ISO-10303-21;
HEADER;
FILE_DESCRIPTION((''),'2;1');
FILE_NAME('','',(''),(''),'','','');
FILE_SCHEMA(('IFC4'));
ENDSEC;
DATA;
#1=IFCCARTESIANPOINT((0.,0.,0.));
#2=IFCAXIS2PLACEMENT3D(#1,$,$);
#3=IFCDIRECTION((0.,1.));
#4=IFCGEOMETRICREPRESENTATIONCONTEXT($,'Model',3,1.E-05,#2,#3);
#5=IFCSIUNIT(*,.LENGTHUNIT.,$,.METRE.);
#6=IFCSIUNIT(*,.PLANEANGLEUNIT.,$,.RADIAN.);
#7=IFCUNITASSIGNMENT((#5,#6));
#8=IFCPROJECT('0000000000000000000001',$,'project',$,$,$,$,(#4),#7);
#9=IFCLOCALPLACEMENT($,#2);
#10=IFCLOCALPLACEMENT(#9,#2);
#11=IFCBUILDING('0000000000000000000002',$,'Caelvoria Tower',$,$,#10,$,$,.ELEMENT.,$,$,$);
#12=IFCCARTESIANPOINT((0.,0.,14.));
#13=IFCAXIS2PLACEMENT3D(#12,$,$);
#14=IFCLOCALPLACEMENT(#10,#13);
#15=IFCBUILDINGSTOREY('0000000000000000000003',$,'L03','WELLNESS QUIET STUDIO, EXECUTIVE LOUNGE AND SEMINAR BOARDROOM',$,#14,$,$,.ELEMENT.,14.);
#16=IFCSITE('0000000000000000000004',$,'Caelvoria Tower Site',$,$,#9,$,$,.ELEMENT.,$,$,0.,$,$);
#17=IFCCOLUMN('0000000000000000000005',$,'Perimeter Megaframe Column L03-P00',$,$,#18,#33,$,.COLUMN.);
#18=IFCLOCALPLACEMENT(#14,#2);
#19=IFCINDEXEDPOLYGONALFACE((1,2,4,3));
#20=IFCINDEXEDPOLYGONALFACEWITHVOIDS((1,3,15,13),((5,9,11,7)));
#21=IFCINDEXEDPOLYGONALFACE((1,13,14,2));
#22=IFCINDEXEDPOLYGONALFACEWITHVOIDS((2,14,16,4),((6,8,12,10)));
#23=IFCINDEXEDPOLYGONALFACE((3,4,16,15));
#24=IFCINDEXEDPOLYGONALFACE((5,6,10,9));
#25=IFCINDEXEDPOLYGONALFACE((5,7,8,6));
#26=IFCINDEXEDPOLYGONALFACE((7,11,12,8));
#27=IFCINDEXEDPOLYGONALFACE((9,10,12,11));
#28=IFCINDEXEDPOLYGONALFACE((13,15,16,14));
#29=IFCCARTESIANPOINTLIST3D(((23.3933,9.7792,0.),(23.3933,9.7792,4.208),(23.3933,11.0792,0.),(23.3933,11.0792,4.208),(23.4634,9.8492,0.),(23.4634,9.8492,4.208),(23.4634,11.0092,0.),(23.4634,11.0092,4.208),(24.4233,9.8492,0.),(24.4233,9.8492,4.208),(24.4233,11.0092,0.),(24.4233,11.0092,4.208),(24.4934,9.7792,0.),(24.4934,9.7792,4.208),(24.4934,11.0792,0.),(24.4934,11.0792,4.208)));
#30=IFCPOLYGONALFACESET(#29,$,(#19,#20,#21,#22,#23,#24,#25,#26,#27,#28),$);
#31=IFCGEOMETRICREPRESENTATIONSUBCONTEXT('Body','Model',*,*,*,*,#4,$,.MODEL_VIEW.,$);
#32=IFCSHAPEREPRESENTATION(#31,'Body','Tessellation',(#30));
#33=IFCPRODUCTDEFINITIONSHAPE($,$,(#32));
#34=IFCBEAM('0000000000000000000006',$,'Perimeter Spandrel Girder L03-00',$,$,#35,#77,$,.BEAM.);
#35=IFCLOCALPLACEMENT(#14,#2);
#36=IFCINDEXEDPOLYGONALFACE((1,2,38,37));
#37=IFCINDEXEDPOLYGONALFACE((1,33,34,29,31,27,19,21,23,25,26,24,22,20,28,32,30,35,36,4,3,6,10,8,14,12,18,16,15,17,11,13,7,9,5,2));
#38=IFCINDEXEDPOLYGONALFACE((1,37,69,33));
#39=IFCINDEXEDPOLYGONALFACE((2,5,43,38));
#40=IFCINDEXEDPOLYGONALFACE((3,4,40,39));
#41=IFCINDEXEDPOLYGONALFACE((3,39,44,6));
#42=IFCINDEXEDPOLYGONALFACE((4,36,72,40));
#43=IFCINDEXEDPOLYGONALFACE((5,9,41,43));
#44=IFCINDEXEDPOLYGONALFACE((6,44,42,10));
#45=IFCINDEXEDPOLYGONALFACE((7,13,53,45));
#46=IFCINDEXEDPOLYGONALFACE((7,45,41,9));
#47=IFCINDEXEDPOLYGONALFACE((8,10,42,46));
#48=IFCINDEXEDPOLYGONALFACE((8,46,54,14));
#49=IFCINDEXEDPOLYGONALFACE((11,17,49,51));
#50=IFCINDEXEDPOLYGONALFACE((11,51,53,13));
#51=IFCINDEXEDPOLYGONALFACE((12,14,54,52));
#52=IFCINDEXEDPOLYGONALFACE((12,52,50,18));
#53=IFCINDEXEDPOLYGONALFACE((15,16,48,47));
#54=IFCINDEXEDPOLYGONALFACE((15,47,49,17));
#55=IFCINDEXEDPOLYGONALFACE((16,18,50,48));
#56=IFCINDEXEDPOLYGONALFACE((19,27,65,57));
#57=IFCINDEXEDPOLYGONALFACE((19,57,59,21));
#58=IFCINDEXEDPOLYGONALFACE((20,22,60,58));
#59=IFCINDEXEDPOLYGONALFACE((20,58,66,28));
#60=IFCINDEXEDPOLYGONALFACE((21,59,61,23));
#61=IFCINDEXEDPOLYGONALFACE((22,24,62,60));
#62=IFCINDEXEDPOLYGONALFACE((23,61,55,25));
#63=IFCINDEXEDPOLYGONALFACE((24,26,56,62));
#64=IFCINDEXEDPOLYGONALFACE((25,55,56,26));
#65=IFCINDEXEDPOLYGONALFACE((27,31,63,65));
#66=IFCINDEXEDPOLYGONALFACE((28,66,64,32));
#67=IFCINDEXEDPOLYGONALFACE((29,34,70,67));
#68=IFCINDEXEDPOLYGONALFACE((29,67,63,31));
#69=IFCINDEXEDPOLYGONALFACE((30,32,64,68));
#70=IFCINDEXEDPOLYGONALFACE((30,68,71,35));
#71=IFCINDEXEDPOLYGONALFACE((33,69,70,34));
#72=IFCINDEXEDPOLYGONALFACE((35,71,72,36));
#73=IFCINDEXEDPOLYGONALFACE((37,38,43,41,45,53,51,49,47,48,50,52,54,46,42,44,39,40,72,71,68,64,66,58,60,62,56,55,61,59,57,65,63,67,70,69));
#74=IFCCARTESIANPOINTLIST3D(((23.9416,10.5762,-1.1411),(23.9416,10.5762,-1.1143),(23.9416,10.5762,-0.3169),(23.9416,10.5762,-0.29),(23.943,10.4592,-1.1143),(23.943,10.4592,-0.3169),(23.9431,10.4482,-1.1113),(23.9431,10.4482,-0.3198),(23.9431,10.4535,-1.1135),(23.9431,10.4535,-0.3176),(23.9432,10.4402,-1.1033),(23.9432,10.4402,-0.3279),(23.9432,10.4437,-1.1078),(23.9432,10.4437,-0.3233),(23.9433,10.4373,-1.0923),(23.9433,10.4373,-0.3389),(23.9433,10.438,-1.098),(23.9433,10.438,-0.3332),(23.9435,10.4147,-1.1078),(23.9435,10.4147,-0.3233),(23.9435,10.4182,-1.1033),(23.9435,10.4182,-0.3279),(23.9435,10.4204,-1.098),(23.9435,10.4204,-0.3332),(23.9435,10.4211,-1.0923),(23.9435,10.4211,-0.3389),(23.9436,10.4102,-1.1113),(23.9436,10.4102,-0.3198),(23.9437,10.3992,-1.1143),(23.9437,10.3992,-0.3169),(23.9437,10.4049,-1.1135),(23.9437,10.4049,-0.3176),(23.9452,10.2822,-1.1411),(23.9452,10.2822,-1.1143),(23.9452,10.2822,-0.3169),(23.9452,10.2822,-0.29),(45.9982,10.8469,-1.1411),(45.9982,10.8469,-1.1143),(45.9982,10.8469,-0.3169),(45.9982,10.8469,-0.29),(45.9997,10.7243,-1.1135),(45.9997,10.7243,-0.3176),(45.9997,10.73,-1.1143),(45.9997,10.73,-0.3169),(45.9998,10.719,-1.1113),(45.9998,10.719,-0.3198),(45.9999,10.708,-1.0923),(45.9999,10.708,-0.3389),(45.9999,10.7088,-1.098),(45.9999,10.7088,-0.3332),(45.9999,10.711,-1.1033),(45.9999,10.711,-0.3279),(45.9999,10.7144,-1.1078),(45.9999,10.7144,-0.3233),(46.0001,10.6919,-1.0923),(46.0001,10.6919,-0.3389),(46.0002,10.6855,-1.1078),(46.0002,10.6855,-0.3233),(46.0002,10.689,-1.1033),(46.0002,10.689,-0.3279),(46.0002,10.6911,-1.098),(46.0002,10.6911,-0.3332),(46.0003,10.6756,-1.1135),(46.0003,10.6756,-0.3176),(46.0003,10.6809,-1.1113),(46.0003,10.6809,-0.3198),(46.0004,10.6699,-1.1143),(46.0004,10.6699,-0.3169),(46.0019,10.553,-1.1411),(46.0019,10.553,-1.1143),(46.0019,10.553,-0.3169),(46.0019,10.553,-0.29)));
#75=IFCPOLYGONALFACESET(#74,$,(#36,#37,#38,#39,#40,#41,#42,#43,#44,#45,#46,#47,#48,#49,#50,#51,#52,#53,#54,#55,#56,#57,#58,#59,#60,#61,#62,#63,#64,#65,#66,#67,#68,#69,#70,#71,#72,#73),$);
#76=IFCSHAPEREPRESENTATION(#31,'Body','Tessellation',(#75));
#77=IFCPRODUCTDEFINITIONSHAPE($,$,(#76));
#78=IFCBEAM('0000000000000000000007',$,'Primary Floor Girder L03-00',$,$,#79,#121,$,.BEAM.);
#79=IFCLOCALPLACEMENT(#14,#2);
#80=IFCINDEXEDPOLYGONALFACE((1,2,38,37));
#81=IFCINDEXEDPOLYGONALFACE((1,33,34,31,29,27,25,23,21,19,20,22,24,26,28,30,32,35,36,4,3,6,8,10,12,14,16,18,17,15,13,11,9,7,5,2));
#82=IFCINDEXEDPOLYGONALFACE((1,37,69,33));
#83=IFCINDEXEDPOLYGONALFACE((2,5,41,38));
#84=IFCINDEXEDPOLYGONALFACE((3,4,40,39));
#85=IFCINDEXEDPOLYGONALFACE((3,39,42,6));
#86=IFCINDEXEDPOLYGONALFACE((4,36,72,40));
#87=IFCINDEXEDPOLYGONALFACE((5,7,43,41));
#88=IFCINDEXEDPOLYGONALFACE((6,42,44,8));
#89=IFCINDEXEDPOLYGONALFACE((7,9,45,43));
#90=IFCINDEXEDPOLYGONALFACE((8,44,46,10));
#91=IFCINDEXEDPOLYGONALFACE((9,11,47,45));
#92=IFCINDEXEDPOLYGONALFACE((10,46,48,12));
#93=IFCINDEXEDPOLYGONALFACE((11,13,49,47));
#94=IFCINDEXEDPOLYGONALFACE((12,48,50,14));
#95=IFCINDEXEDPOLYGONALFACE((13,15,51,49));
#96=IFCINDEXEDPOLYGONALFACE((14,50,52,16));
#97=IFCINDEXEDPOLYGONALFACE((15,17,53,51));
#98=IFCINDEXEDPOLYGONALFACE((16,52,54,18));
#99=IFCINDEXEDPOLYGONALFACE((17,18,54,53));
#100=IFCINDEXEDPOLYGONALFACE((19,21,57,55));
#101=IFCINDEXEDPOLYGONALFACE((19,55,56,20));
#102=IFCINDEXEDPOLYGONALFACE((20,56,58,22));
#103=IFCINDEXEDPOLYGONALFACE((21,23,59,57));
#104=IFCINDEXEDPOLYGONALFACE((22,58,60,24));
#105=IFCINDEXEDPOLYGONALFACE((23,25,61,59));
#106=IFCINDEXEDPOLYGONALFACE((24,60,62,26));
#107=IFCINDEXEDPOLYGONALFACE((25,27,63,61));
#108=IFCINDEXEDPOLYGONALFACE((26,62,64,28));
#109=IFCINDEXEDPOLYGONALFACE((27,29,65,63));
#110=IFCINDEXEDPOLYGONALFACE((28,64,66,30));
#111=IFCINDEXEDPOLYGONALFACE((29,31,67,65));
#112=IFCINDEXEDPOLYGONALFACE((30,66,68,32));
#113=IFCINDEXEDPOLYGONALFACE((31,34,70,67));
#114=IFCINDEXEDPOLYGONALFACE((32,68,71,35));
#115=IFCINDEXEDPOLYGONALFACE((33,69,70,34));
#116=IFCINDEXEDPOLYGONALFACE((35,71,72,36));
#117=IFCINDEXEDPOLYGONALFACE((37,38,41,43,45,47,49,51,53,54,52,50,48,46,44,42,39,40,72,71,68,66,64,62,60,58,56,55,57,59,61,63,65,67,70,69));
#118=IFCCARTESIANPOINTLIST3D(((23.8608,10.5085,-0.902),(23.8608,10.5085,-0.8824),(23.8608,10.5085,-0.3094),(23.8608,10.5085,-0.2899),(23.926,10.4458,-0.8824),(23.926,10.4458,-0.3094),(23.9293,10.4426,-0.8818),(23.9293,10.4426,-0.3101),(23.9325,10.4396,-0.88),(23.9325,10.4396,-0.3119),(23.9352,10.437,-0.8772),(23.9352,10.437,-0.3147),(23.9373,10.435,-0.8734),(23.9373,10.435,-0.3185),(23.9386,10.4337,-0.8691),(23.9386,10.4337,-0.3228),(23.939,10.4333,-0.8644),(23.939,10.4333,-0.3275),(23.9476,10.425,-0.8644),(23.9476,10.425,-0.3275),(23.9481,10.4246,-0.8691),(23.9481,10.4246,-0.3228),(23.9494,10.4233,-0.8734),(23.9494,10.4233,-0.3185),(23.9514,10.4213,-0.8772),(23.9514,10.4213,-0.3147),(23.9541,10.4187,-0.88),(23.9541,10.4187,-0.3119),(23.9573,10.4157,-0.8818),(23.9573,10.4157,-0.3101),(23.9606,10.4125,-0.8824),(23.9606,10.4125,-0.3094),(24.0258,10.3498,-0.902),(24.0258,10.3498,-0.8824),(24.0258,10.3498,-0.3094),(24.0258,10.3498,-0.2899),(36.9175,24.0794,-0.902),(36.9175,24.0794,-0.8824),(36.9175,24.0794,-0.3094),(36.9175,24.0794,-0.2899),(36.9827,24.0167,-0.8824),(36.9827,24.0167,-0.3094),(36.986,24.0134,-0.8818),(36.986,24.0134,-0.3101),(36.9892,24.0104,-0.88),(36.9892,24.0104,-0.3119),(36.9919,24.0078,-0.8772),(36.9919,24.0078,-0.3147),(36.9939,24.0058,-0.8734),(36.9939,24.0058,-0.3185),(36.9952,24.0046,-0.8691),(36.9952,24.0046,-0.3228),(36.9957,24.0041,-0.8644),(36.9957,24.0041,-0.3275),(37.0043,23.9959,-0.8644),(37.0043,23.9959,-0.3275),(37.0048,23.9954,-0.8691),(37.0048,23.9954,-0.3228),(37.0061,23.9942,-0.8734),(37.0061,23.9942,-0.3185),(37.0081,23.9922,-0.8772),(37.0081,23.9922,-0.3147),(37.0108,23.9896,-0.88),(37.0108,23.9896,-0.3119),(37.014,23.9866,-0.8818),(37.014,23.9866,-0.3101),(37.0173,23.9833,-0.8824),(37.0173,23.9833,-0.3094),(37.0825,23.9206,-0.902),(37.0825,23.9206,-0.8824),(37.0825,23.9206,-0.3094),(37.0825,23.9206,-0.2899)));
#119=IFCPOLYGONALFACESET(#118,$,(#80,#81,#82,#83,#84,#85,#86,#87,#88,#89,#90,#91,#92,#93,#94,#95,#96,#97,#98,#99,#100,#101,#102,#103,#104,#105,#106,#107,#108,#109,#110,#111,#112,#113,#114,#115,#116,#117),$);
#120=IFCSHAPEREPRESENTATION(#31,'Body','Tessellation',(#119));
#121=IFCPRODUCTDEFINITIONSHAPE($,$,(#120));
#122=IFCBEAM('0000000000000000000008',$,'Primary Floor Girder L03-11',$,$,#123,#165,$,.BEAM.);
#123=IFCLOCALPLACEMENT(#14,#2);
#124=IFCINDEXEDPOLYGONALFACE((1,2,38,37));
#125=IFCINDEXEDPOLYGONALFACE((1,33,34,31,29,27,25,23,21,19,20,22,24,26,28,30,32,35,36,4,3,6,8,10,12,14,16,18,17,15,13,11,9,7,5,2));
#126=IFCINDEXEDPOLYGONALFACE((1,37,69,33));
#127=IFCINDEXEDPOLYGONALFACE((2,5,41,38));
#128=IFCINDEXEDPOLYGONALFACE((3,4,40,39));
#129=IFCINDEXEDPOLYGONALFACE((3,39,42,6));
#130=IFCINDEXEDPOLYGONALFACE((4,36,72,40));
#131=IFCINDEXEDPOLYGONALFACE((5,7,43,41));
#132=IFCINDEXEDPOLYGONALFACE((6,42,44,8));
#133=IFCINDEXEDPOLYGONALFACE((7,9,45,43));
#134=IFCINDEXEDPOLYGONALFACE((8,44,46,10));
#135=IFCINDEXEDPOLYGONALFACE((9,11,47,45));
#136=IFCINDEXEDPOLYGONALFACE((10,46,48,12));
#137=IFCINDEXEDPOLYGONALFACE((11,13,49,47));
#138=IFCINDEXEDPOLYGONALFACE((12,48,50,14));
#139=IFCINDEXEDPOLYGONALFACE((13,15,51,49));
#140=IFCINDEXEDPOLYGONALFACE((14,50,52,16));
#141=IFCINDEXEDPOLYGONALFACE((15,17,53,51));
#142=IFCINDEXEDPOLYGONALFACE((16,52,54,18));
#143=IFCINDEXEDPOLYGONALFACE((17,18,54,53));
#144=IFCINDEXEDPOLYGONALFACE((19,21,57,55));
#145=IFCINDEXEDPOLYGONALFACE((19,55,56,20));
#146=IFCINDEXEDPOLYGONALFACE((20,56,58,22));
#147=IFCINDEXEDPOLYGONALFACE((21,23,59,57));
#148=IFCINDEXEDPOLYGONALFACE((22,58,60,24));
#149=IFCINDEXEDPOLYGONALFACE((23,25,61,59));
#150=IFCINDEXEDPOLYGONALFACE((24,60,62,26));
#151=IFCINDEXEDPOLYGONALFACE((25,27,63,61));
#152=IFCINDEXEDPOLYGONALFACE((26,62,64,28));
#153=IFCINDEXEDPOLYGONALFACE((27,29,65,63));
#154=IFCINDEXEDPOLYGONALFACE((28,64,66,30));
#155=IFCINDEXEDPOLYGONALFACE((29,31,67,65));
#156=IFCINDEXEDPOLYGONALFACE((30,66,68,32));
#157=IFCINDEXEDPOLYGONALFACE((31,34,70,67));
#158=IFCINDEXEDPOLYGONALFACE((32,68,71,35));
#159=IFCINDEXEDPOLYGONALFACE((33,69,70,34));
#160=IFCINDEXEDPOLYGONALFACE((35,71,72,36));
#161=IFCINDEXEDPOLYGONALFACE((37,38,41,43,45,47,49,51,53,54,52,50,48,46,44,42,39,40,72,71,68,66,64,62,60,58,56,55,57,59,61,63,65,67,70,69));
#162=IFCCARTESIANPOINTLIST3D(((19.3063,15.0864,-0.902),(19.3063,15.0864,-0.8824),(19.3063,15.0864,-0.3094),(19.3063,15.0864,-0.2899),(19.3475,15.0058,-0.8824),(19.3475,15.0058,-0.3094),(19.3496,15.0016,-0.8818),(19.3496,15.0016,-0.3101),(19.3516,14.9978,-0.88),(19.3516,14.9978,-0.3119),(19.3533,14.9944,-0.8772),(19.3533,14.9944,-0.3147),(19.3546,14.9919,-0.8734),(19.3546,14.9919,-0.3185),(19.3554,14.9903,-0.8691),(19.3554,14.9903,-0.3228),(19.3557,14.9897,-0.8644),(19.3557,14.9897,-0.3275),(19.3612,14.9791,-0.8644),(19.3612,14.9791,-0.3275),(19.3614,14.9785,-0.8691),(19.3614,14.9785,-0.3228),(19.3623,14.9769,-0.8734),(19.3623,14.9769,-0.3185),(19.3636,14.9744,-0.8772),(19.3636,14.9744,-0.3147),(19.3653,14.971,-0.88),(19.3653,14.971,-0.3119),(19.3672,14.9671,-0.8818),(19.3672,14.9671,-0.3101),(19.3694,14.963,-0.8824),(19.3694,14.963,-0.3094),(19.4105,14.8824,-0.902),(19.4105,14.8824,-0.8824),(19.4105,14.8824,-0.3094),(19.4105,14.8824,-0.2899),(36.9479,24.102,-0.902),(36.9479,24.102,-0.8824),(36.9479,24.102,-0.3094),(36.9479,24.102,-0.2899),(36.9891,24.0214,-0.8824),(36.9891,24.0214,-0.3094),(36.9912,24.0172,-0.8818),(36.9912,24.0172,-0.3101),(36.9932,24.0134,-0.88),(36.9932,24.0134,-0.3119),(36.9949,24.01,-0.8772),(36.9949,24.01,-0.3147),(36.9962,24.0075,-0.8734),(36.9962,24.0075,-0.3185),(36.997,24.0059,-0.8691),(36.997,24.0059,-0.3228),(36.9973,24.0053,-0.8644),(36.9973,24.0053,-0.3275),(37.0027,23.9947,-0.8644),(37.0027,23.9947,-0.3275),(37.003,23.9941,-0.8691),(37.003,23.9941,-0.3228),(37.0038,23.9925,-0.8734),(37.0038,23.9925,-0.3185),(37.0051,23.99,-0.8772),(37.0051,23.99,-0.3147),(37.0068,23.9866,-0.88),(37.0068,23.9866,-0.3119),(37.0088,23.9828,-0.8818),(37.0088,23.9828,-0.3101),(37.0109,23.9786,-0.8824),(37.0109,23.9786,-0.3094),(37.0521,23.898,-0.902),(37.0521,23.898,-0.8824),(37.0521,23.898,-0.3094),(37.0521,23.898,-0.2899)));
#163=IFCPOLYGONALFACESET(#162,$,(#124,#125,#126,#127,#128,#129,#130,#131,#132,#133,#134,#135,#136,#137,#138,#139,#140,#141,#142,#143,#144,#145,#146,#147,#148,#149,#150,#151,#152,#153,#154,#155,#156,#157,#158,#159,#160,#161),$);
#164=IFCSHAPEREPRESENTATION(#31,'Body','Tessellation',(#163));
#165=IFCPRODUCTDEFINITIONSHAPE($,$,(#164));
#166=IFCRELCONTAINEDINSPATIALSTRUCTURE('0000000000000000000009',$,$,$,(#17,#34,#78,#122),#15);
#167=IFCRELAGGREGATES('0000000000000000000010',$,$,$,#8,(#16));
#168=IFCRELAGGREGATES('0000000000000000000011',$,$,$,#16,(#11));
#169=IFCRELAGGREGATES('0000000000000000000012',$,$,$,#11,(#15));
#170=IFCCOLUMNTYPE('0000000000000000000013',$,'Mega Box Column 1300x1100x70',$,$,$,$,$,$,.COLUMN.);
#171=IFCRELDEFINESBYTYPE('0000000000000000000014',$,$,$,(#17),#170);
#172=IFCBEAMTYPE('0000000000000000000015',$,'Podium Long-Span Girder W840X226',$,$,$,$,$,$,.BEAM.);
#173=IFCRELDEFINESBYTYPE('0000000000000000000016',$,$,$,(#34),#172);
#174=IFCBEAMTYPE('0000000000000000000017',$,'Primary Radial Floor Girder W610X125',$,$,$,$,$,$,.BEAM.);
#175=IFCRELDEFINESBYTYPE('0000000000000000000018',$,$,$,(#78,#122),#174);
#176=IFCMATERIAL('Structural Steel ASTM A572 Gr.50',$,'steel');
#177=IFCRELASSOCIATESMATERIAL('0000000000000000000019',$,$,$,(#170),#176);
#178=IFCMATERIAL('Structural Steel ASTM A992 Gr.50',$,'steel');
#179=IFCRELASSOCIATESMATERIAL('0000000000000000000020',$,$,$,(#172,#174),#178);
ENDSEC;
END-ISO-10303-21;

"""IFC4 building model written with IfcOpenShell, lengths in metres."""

from ifc_helpers import new_model, si_unit, direction, frame, origin, origin_2d, place, context, subcontext, project, spatial, hollow_rectangle, i_section, extrude, material, material_profile, profile_set, type_object, element, save


model = new_model("IFC4")

# Units and contexts
model_context = context("Model", 3, precision=1e-05, world=origin(), true_north=direction((0.0, 1.0)))
body_context = subcontext(model_context, "Body", "Model", "MODEL_VIEW")
ifc_project = project(units=[si_unit("LENGTHUNIT", "METRE"), si_unit("PLANEANGLEUNIT", "RADIAN")], contexts=[model_context])

# Site, building, storey
site_placement = place(None, origin())
site = spatial("IfcSite", under=ifc_project, at=site_placement, Name="Caelvoria Tower Site", CompositionType="ELEMENT", RefElevation=0.0)
building_placement = place(site_placement, origin())
building = spatial("IfcBuilding", under=site, at=building_placement, Name="Caelvoria Tower", CompositionType="ELEMENT")
storey_placement = place(building_placement, frame((0.0, 0.0, 14.0)))
storey = spatial("IfcBuildingStorey", under=building, at=storey_placement, Name="L03", Description="WELLNESS QUIET STUDIO, EXECUTIVE LOUNGE AND SEMINAR BOARDROOM", CompositionType="ELEMENT", Elevation=14.0)

# Column
ifc_material_1 = material(Name="Structural Steel ASTM A572 Gr.50", Category="steel")
ifc_material_profile_1 = material_profile(ifc_material_1, hollow_rectangle(XDim=1.1001, YDim=1.3, WallThickness=0.0701, at=origin_2d()), Name="Structural Steel ASTM A572 Gr.50")
ifc_profile_set_1 = profile_set([ifc_material_profile_1], Name="BOX1300X1100X70 - Structural Steel ASTM A572 Gr.50")
column_type = type_object("IfcColumnType", Name="Mega Box Column 1300x1100x70", PredefinedType="COLUMN", material=ifc_profile_set_1)
column_placement = place(storey_placement, frame((23.9434, 10.4292, 0.0), z_axis=(0.0, 0.0, 1.0), x_axis=(1.0, 0.0, 0.0)))
element("IfcColumn", 1, at=column_placement, inside=storey, type_object=column_type, Name="Perimeter Megaframe Column L03-P00", PredefinedType="COLUMN", context=body_context, shape_type="SweptSolid", body=[
    extrude(hollow_rectangle(XDim=1.1001, YDim=1.3, WallThickness=0.0701, at=origin_2d()), origin(), (0.0, 0.0, 1.0), 4.208),
])

# Beams
ifc_material_2 = material(Name="Structural Steel ASTM A992 Gr.50", Category="steel")
ifc_material_profile_2 = material_profile(ifc_material_2, i_section(OverallWidth=0.2939, OverallDepth=0.8511, WebThickness=0.0161, FlangeThickness=0.0269, FilletRadius=0.022, at=origin_2d()), Name="Structural Steel ASTM A992 Gr.50")
ifc_profile_set_2 = profile_set([ifc_material_profile_2], Name="W840X226 - Structural Steel ASTM A992 Gr.50")
beam_type_1 = type_object("IfcBeamType", Name="Podium Long-Span Girder W840X226", PredefinedType="BEAM", material=ifc_profile_set_2)
beam_1_placement = place(storey_placement, frame((23.9434, 10.4292, -0.7156), z_axis=(0.999925, 0.012274, 0.0), x_axis=(-0.012274, 0.999925, 0.0)))
element("IfcBeam", 2, at=beam_1_placement, inside=storey, type_object=beam_type_1, Name="Perimeter Spandrel Girder L03-00", PredefinedType="BEAM", context=body_context, shape_type="SweptSolid", body=[
    extrude(i_section(OverallWidth=0.2939, OverallDepth=0.8511, WebThickness=0.0161, FlangeThickness=0.0269, FilletRadius=0.022, at=origin_2d()), origin(), (0.0, 0.0, 1.0), 22.0583),
])
ifc_material_profile_3 = material_profile(ifc_material_2, i_section(OverallWidth=0.229, OverallDepth=0.6121, WebThickness=0.012, FlangeThickness=0.0195, FilletRadius=0.0181, at=origin_2d()), Name="Structural Steel ASTM A992 Gr.50")
ifc_profile_set_3 = profile_set([ifc_material_profile_3], Name="W610X125 - Structural Steel ASTM A992 Gr.50")
beam_type_2 = type_object("IfcBeamType", Name="Primary Radial Floor Girder W610X125", PredefinedType="BEAM", material=ifc_profile_set_3)
beam_2_placement = place(storey_placement, frame((37.0, 24.0, -0.5959), z_axis=(-0.693324, -0.720626, 0.0), x_axis=(0.720626, -0.693324, 0.0)))
element("IfcBeam", 3, at=beam_2_placement, inside=storey, type_object=beam_type_2, Name="Primary Floor Girder L03-00", PredefinedType="BEAM", context=body_context, shape_type="SweptSolid", body=[
    extrude(i_section(OverallWidth=0.229, OverallDepth=0.6121, WebThickness=0.012, FlangeThickness=0.0195, FilletRadius=0.0181, at=origin_2d()), origin(), (0.0, 0.0, 1.0), 18.832),
])
beam_3_placement = place(storey_placement, frame((37.0, 24.0, -0.5959), z_axis=(-0.890459, -0.455063, 0.0), x_axis=(0.455063, -0.890459, 0.0)))
element("IfcBeam", 4, at=beam_3_placement, inside=storey, type_object=beam_type_2, Name="Primary Floor Girder L03-11", PredefinedType="BEAM", context=body_context, shape_type="SweptSolid", body=[
    extrude(i_section(OverallWidth=0.229, OverallDepth=0.6121, WebThickness=0.012, FlangeThickness=0.0195, FilletRadius=0.0181, at=origin_2d()), origin(), (0.0, 0.0, 1.0), 19.8118),
])

save(model, "model.ifc")
